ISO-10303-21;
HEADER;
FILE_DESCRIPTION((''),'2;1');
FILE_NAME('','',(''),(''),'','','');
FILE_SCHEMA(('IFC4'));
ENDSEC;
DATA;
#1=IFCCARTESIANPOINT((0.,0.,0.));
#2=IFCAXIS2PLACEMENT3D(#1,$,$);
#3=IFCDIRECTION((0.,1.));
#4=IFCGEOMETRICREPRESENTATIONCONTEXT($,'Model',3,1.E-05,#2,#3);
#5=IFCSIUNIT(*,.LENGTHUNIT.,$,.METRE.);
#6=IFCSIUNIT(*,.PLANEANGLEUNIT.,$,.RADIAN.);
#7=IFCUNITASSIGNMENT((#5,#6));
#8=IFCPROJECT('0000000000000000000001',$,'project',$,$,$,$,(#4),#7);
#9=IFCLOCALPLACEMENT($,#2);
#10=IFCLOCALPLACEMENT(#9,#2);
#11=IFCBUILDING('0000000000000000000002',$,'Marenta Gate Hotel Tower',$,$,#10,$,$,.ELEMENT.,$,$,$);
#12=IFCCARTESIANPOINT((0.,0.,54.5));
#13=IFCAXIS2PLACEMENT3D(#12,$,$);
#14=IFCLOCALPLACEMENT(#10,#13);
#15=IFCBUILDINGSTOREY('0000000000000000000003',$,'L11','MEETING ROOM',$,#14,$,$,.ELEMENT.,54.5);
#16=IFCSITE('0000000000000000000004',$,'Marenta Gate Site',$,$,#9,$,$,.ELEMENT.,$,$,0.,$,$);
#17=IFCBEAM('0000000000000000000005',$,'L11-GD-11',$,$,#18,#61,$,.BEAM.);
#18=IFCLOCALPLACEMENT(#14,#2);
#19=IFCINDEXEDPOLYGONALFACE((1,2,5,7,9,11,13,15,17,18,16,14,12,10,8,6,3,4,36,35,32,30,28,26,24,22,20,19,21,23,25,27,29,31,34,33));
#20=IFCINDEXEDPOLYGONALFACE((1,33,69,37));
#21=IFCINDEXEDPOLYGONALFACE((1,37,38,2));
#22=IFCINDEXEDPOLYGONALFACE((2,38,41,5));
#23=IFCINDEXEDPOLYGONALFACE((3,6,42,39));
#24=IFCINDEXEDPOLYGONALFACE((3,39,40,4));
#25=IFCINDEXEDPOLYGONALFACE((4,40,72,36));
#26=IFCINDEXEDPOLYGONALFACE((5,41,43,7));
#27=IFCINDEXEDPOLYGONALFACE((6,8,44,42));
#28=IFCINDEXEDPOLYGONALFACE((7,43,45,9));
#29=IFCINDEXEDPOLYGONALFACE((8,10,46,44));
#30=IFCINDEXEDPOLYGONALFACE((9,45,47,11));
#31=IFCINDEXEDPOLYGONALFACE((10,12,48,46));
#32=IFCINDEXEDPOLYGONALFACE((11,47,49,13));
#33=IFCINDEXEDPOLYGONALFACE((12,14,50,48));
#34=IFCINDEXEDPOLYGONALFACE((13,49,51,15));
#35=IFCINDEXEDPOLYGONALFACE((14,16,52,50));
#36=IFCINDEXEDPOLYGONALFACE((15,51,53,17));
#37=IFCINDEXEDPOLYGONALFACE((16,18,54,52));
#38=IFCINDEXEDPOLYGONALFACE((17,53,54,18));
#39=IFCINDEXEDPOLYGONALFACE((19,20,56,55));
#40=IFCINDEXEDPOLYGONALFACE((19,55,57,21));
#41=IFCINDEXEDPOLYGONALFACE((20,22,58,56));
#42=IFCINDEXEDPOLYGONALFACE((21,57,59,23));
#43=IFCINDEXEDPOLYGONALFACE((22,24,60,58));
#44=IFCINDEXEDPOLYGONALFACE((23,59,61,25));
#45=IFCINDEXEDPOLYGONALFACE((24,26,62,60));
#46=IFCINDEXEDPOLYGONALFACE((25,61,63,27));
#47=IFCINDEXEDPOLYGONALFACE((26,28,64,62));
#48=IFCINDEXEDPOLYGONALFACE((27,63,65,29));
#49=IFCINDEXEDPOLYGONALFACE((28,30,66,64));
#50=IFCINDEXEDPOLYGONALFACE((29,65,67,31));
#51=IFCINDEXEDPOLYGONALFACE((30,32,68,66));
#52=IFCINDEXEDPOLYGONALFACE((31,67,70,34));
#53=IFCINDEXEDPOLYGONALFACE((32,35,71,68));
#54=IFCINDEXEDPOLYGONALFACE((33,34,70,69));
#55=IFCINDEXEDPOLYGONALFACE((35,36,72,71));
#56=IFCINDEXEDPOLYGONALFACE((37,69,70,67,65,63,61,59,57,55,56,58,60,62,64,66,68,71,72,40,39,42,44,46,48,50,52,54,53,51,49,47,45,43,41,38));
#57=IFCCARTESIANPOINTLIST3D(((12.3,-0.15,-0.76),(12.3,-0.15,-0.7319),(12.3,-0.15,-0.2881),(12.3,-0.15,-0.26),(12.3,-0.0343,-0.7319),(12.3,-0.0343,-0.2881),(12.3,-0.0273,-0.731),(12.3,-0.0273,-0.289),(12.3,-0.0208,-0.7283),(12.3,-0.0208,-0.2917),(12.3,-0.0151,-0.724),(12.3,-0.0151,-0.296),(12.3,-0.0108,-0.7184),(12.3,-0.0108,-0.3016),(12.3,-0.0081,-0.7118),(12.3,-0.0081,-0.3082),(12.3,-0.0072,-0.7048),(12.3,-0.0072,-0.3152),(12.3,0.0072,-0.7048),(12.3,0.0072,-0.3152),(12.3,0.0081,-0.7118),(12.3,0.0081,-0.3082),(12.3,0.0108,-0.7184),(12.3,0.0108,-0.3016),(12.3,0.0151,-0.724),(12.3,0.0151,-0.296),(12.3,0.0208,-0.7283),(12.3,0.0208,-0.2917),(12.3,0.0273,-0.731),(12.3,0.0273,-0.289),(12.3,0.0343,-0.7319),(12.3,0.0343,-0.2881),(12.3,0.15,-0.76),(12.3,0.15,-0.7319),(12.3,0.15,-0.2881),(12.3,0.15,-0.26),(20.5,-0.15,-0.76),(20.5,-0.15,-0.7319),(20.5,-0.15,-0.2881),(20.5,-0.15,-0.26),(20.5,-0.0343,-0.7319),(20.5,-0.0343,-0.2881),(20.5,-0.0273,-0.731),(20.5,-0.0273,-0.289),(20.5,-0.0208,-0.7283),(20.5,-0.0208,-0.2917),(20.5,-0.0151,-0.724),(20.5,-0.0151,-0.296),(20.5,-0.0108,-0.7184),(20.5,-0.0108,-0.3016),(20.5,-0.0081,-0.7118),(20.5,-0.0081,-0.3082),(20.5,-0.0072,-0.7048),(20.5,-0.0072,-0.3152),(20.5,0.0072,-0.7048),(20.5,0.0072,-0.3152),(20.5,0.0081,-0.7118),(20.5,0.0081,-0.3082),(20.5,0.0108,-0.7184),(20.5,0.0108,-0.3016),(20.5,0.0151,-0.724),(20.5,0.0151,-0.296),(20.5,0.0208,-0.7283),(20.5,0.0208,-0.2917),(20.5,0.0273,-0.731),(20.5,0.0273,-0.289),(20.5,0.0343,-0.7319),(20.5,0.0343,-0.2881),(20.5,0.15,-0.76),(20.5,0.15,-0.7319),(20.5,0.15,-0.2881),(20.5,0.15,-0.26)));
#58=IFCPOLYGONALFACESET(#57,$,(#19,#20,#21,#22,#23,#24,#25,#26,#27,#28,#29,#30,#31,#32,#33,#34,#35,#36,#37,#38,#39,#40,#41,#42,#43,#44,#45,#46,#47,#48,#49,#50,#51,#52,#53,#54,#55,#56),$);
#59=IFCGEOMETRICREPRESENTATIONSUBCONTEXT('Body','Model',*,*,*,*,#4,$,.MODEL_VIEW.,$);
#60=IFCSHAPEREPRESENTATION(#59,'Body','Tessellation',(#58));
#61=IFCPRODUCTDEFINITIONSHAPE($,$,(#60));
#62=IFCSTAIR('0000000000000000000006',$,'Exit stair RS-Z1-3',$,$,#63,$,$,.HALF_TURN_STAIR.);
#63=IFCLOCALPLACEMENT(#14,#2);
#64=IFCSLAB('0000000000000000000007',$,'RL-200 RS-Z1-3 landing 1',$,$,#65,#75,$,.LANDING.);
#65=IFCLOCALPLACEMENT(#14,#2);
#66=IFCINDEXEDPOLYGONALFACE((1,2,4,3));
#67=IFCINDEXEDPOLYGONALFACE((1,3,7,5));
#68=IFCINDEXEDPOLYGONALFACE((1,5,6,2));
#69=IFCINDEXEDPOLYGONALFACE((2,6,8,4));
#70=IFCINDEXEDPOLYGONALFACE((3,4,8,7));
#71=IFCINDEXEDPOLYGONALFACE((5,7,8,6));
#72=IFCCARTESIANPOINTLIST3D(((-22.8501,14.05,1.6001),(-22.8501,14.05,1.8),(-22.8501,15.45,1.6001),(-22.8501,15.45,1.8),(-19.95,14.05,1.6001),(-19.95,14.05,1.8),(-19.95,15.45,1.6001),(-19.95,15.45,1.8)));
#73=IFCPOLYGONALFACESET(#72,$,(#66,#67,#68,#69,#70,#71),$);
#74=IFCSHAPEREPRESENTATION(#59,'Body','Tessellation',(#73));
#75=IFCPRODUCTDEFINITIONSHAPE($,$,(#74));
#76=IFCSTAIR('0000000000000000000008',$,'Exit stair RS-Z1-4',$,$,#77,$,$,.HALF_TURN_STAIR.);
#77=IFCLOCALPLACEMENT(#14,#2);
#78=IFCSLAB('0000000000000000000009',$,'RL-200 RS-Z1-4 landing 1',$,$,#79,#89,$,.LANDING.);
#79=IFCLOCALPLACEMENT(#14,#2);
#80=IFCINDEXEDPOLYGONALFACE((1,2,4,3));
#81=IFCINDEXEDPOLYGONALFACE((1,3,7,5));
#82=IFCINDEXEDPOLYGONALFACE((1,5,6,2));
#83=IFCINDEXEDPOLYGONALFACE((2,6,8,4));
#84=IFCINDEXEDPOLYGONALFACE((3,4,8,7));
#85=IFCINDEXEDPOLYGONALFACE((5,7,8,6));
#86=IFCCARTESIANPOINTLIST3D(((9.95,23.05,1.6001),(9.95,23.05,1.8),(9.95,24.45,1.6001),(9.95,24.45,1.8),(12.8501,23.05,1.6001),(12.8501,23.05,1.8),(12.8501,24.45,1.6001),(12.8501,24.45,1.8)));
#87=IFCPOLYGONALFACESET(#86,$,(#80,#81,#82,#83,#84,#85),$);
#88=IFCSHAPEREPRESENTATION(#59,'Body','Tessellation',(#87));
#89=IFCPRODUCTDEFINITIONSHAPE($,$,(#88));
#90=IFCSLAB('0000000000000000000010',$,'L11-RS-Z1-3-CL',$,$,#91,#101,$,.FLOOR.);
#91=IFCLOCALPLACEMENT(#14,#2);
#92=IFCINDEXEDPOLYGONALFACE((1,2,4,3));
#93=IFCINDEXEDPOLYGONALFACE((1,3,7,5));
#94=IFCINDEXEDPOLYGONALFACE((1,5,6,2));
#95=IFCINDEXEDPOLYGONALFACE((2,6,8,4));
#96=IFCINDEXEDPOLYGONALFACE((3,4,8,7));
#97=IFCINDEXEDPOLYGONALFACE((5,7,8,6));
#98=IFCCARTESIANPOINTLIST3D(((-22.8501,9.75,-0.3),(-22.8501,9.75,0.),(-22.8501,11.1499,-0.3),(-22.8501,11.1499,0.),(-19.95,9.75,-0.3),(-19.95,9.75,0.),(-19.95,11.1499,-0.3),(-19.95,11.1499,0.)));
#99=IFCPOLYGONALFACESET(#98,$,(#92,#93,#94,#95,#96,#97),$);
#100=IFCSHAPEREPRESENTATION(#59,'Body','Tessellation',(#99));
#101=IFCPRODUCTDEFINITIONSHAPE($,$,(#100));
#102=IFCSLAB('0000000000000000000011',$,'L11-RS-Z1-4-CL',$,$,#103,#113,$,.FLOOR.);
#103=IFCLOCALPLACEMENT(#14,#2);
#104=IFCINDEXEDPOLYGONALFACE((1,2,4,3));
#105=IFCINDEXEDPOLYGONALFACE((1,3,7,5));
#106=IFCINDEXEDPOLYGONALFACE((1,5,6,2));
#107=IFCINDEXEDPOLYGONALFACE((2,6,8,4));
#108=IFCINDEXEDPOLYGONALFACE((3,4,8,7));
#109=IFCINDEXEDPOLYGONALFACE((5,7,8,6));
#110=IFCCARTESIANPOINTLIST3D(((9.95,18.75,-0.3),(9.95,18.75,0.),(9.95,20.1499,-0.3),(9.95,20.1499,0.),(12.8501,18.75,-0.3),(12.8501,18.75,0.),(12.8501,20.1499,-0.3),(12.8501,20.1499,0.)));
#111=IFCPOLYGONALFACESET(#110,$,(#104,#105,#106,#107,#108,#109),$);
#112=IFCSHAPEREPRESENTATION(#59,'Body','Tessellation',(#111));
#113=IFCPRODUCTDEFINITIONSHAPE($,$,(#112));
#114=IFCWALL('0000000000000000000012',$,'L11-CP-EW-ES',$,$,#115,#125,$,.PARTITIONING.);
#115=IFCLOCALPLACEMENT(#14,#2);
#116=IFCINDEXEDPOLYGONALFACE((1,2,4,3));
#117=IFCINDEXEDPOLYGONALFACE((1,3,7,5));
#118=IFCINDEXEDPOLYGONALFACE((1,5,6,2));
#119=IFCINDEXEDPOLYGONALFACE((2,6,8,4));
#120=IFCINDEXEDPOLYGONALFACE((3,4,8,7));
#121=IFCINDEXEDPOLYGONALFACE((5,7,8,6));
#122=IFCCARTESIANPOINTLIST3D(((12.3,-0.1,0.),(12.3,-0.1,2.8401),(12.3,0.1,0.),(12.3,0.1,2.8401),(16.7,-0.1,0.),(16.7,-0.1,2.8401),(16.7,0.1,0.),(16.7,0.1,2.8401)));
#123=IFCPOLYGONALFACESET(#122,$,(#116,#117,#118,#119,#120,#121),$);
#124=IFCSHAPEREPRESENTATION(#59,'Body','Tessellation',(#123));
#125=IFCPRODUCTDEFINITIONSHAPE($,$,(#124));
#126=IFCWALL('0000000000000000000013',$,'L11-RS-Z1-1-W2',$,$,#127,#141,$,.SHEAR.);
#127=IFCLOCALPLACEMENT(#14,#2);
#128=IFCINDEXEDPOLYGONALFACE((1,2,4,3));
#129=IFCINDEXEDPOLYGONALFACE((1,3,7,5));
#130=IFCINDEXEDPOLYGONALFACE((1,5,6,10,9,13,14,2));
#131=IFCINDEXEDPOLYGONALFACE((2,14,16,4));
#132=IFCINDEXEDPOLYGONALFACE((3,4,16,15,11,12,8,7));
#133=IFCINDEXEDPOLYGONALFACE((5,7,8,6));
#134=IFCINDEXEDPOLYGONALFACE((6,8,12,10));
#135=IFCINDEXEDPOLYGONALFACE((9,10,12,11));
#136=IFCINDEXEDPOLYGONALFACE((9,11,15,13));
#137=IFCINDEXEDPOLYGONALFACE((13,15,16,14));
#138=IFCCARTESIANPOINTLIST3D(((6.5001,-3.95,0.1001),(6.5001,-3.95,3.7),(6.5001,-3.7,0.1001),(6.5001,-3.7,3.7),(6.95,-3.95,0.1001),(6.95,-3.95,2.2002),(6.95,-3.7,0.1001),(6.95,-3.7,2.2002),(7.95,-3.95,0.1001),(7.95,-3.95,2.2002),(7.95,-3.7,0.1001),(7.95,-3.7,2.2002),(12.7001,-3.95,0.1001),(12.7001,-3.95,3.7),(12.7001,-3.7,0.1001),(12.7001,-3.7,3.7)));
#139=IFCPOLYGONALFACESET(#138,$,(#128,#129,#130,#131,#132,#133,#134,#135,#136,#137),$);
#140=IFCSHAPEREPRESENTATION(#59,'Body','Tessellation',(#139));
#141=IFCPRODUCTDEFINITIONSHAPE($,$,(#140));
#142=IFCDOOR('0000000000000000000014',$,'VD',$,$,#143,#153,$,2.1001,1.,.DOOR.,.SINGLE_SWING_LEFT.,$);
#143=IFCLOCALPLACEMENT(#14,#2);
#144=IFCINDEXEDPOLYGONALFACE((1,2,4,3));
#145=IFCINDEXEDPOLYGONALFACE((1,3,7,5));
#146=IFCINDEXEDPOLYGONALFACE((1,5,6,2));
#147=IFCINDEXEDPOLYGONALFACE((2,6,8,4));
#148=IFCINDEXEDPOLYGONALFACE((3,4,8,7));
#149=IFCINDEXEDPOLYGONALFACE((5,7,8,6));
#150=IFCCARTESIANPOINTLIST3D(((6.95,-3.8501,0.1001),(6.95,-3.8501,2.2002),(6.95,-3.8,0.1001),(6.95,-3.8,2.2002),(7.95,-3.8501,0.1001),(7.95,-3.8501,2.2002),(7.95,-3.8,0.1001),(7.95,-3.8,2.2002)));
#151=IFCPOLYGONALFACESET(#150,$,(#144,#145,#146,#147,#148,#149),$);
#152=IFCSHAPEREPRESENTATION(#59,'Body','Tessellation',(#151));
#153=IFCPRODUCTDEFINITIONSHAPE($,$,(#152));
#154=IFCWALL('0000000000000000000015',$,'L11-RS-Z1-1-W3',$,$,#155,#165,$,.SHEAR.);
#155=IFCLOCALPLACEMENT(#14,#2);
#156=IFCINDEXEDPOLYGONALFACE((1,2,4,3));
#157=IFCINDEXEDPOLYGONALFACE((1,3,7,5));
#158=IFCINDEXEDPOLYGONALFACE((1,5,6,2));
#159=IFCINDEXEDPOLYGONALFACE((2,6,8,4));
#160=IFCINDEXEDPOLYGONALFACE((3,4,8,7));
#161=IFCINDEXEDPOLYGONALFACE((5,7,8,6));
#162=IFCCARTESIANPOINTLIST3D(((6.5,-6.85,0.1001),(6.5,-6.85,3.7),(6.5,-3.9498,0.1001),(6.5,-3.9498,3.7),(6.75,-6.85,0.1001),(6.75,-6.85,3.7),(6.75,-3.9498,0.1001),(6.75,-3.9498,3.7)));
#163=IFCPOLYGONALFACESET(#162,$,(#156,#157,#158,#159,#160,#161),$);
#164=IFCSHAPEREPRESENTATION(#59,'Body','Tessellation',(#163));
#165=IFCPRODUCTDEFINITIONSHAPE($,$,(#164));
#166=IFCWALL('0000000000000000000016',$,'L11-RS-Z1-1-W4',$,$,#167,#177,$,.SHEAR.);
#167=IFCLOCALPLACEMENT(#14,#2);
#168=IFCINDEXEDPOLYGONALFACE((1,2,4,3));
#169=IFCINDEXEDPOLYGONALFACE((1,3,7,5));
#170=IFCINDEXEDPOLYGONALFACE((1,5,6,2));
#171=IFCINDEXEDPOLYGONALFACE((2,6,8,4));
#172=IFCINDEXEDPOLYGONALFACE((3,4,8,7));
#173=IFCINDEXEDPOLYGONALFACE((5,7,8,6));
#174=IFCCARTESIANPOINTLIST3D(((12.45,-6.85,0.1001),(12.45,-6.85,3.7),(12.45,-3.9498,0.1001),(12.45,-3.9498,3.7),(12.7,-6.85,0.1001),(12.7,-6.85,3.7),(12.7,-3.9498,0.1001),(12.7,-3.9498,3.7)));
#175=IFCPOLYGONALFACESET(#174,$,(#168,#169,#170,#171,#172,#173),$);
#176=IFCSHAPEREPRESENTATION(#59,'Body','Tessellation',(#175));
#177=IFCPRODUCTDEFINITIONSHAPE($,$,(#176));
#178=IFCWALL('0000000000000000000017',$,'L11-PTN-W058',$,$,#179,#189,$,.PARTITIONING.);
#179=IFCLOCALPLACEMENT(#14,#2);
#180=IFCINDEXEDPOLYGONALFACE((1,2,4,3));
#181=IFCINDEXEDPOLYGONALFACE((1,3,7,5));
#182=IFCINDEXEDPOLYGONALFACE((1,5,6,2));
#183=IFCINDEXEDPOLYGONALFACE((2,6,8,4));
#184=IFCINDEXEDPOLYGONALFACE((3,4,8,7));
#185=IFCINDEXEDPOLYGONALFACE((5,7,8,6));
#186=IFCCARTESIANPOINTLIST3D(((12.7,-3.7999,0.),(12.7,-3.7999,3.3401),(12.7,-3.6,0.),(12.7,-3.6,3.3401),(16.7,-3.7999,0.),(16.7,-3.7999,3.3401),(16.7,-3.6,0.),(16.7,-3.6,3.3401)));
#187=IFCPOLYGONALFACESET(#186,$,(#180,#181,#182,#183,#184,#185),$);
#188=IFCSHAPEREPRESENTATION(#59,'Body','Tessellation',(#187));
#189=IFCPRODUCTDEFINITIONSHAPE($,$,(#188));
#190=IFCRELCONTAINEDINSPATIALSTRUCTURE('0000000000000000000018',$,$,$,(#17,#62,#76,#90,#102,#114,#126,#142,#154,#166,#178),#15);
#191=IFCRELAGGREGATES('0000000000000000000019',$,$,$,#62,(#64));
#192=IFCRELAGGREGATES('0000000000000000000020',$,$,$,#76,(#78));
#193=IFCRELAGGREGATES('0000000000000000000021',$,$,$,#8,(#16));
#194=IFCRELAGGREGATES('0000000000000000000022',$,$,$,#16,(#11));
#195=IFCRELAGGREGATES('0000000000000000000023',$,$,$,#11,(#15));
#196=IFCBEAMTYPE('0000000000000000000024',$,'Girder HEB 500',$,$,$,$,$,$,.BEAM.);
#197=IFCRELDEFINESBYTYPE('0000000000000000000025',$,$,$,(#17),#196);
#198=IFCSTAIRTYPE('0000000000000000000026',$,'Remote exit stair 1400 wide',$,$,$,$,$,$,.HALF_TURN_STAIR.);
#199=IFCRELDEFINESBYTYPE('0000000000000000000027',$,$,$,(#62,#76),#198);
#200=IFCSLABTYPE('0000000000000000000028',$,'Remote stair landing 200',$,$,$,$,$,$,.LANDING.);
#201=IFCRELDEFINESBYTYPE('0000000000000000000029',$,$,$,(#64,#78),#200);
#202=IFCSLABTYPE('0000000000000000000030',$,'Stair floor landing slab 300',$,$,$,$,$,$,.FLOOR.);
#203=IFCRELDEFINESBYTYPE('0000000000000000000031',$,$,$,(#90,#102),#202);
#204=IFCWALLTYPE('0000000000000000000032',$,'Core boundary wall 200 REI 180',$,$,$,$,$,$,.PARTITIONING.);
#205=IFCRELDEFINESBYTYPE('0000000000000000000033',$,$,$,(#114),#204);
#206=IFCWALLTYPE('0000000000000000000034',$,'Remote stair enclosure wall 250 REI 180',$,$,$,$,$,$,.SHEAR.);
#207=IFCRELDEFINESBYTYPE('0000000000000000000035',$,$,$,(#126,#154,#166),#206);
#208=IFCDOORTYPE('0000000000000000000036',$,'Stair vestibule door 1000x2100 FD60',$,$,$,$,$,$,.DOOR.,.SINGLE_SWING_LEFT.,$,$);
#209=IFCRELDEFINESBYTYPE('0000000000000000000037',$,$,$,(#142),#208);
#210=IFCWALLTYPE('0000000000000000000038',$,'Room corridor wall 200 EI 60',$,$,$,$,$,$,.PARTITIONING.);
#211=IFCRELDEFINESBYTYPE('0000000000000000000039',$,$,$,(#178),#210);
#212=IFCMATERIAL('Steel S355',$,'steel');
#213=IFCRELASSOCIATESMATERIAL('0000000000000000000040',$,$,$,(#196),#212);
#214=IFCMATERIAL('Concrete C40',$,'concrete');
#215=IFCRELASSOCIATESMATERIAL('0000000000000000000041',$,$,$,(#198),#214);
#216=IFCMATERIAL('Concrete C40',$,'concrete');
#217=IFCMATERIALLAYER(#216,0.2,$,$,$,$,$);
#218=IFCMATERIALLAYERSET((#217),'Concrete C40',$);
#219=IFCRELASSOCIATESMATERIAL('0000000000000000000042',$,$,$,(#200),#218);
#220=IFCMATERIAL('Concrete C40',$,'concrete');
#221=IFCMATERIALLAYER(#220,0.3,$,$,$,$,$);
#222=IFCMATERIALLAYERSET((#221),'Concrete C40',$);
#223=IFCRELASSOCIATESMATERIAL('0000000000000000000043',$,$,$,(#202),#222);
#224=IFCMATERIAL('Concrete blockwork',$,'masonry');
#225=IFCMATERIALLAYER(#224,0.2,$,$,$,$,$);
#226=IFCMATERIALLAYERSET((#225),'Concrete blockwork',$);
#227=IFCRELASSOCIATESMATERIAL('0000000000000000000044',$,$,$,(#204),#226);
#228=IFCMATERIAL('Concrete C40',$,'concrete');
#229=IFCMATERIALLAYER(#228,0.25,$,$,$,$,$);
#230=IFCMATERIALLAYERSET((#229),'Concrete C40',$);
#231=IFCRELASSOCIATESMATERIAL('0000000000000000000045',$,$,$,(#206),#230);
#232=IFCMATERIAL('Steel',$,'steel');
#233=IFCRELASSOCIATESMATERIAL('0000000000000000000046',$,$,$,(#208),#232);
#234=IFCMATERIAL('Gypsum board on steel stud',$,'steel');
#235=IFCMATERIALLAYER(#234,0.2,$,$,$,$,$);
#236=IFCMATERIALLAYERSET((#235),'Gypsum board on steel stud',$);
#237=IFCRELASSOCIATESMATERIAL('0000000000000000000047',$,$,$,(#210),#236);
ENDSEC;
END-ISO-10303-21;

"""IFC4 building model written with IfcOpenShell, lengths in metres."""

from ifc_helpers import new_model, si_unit, direction, frame, frame_2d, origin, origin_2d, place, context, subcontext, project, spatial, polyline, rectangle, i_section, outline, extrude, material, layer, layer_set, material_profile, profile_set, type_object, element, fill, aggregate, save


model = new_model("IFC4")

# Units and contexts
model_context = context("Model", 3, precision=1e-05, world=origin(), true_north=direction((0.0, 1.0)))
body_context = subcontext(model_context, "Body", "Model", "MODEL_VIEW")
ifc_project = project(units=[si_unit("LENGTHUNIT", "METRE"), si_unit("PLANEANGLEUNIT", "RADIAN")], contexts=[model_context])

# Site, building, storey
site_placement = place(None, origin())
site = spatial("IfcSite", under=ifc_project, at=site_placement, Name="Marenta Gate Site", CompositionType="ELEMENT", RefElevation=0.0)
building_placement = place(site_placement, origin())
building = spatial("IfcBuilding", under=site, at=building_placement, Name="Marenta Gate Hotel Tower", CompositionType="ELEMENT")
storey_placement = place(building_placement, frame((0.0, 0.0, 54.5)))
storey = spatial("IfcBuildingStorey", under=building, at=storey_placement, Name="L11", Description="MEETING ROOM", CompositionType="ELEMENT", Elevation=54.5)

# Beam
ifc_material_1 = material(Name="Steel S355", Category="steel")
ifc_material_profile = material_profile(ifc_material_1, i_section(OverallWidth=0.3, OverallDepth=0.5, WebThickness=0.0144, FlangeThickness=0.0281, FilletRadius=0.0271, at=origin_2d()), Name="HEB 500")
ifc_profile_set = profile_set([ifc_material_profile], Name="Steel S355")
beam_type = type_object("IfcBeamType", Name="Girder HEB 500", PredefinedType="BEAM", material=ifc_profile_set)
beam_placement = place(storey_placement, frame((12.3, 0.0, -0.51), z_axis=(1.0, 0.0, 0.0), x_axis=(0.0, 1.0, 0.0)))
element("IfcBeam", 1, at=beam_placement, inside=storey, type_object=beam_type, Name="L11-GD-11", PredefinedType="BEAM", context=body_context, shape_type="SweptSolid", body=[
    extrude(i_section(OverallWidth=0.3, OverallDepth=0.5, WebThickness=0.0144, FlangeThickness=0.0281, FilletRadius=0.0271, at=origin_2d()), origin(), (0.0, 0.0, 1.0), 8.2),
])

# Stairs, slabs
ifc_material_2 = material(Name="Concrete C40", Category="concrete")
stair_type = type_object("IfcStairType", Name="Remote exit stair 1400 wide", PredefinedType="HALF_TURN_STAIR", material=ifc_material_2)
stair_1_placement = place(storey_placement, origin())
stair_1 = element("IfcStair", 2, at=stair_1_placement, inside=storey, type_object=stair_type, Name="Exit stair RS-Z1-3", PredefinedType="HALF_TURN_STAIR")
ifc_material_3 = material(Name="Concrete C40", Category="concrete")
ifc_layer_1 = layer(ifc_material_3, 0.2)
ifc_layer_set_1 = layer_set([ifc_layer_1], Name="Concrete C40")
slab_type_1 = type_object("IfcSlabType", Name="Remote stair landing 200", PredefinedType="LANDING", material=ifc_layer_set_1)
slab_1_placement = place(storey_placement, frame((0.0, 0.0, 1.6001)))
slab_1 = element("IfcSlab", 3, at=slab_1_placement, type_object=slab_type_1, Name="RL-200 RS-Z1-3 landing 1", PredefinedType="LANDING", context=body_context, shape_type="SweptSolid", body=[
    extrude(outline(polyline([(-22.8501, 14.05), (-19.95, 14.05), (-19.95, 15.45), (-22.8501, 15.45), (-22.8501, 14.05)])), origin(), (0.0, 0.0, 1.0), 0.2),
])
aggregate(stair_1, [slab_1])
stair_2_placement = place(storey_placement, origin())
stair_2 = element("IfcStair", 4, at=stair_2_placement, inside=storey, type_object=stair_type, Name="Exit stair RS-Z1-4", PredefinedType="HALF_TURN_STAIR")
slab_2_placement = place(storey_placement, frame((0.0, 0.0, 1.6001)))
slab_2 = element("IfcSlab", 5, at=slab_2_placement, type_object=slab_type_1, Name="RL-200 RS-Z1-4 landing 1", PredefinedType="LANDING", context=body_context, shape_type="SweptSolid", body=[
    extrude(outline(polyline([(9.95, 23.05), (12.8501, 23.05), (12.8501, 24.45), (9.95, 24.45), (9.95, 23.05)])), origin(), (0.0, 0.0, 1.0), 0.2),
])
aggregate(stair_2, [slab_2])

# Slabs
ifc_material_4 = material(Name="Concrete C40", Category="concrete")
ifc_layer_2 = layer(ifc_material_4, 0.3)
ifc_layer_set_2 = layer_set([ifc_layer_2], Name="Concrete C40")
slab_type_2 = type_object("IfcSlabType", Name="Stair floor landing slab 300", PredefinedType="FLOOR", material=ifc_layer_set_2)
slab_3_placement = place(storey_placement, frame((0.0, 0.0, -0.3)))
element("IfcSlab", 6, at=slab_3_placement, inside=storey, type_object=slab_type_2, Name="L11-RS-Z1-3-CL", PredefinedType="FLOOR", context=body_context, shape_type="SweptSolid", body=[
    extrude(outline(polyline([(-19.95, 9.75), (-19.95, 11.1499), (-22.8501, 11.1499), (-22.8501, 9.75), (-19.95, 9.75)])), origin(), (0.0, 0.0, 1.0), 0.3),
])
slab_4_placement = place(storey_placement, frame((0.0, 0.0, -0.3)))
element("IfcSlab", 7, at=slab_4_placement, inside=storey, type_object=slab_type_2, Name="L11-RS-Z1-4-CL", PredefinedType="FLOOR", context=body_context, shape_type="SweptSolid", body=[
    extrude(outline(polyline([(12.8501, 18.75), (12.8501, 20.1499), (9.95, 20.1499), (9.95, 18.75), (12.8501, 18.75)])), origin(), (0.0, 0.0, 1.0), 0.3),
])

# Wall
ifc_material_5 = material(Name="Concrete blockwork", Category="masonry")
ifc_layer_3 = layer(ifc_material_5, 0.2)
ifc_layer_set_3 = layer_set([ifc_layer_3], Name="Concrete blockwork")
wall_type_1 = type_object("IfcWallType", Name="Core boundary wall 200 REI 180", PredefinedType="PARTITIONING", material=ifc_layer_set_3)
wall_1_placement = place(storey_placement, frame((12.3, 0.0, 0.0), z_axis=(0.0, 0.0, 1.0), x_axis=(1.0, 0.0, 0.0)))
element("IfcWall", 8, at=wall_1_placement, inside=storey, type_object=wall_type_1, Name="L11-CP-EW-ES", PredefinedType="PARTITIONING", context=body_context, shape_type="SweptSolid", body=[
    extrude(rectangle(XDim=4.3999, YDim=0.2, at=frame_2d((2.2, 0.0))), origin(), (0.0, 0.0, 1.0), 2.8401),
])

# Wall, opening, door
ifc_material_6 = material(Name="Concrete C40", Category="concrete")
ifc_layer_4 = layer(ifc_material_6, 0.25)
ifc_layer_set_4 = layer_set([ifc_layer_4], Name="Concrete C40")
wall_type_2 = type_object("IfcWallType", Name="Remote stair enclosure wall 250 REI 180", PredefinedType="SHEAR", material=ifc_layer_set_4)
wall_2_placement = place(storey_placement, frame((6.5, -3.825, 0.1001), z_axis=(0.0, 0.0, 1.0), x_axis=(1.0, 0.0, 0.0)))
wall_2 = element("IfcWall", 9, at=wall_2_placement, inside=storey, type_object=wall_type_2, Name="L11-RS-Z1-1-W2", PredefinedType="SHEAR", context=body_context, shape_type="SweptSolid", body=[
    extrude(rectangle(XDim=6.2, YDim=0.25, at=frame_2d((3.1001, 0.0))), origin(), (0.0, 0.0, 1.0), 3.5999),
])
opening_1_placement = place(wall_2_placement, frame((0.45, 0.0, 0.0)))
opening_1 = element("IfcOpeningElement", 10, at=opening_1_placement, cuts=wall_2, PredefinedType="OPENING", context=body_context, shape_type="SweptSolid", body=[
    extrude(rectangle(XDim=1.0, YDim=2.1001, at=frame_2d((0.5, 1.05))), frame((0.0, 0.125, 0.0), z_axis=(0.0, -1.0, 0.0), x_axis=(1.0, 0.0, 0.0)), (0.0, 0.0, 1.0), 0.25),
])
ifc_material_7 = material(Name="Steel", Category="steel")
door_type_1 = type_object("IfcDoorType", Name="Stair vestibule door 1000x2100 FD60", OperationType="SINGLE_SWING_LEFT", PredefinedType="DOOR", material=ifc_material_7)
door_1_placement = place(opening_1_placement, origin())
door_1 = element("IfcDoor", 11, at=door_1_placement, inside=storey, type_object=door_type_1, Name="VD", OperationType="SINGLE_SWING_LEFT", OverallHeight=2.1001, OverallWidth=1.0, PredefinedType="DOOR", context=body_context, shape_type="SweptSolid", body=[
    extrude(rectangle(XDim=1.0, YDim=2.1001, at=frame_2d((0.5, 1.05))), frame((0.0, 0.0249, 0.0), z_axis=(0.0, -1.0, 0.0), x_axis=(1.0, 0.0, 0.0)), (0.0, 0.0, 1.0), 0.05),
])
fill(opening_1, door_1)

# Walls
for number, where, z_axis, x_axis, name in (
    (12, (6.625, -6.8501, 0.1001), (0.0, 0.0, 1.0), (0.0, 1.0, 0.0), "L11-RS-Z1-1-W3"),
    (13, (12.575, -6.8501, 0.1001), (0.0, 0.0, 1.0), (0.0, 1.0, 0.0), "L11-RS-Z1-1-W4"),
):
    element("IfcWall", number, at=place(storey_placement, frame(where, z_axis=z_axis, x_axis=x_axis)), inside=storey, type_object=wall_type_2, Name=name, PredefinedType="SHEAR", context=body_context, shape_type="SweptSolid", body=[
        extrude(rectangle(XDim=2.9001, YDim=0.25, at=frame_2d((1.4502, 0.0))), origin(), (0.0, 0.0, 1.0), 3.5999),
    ])
ifc_material_8 = material(Name="Gypsum board on steel stud", Category="steel")
ifc_layer_5 = layer(ifc_material_8, 0.2)
ifc_layer_set_5 = layer_set([ifc_layer_5], Name="Gypsum board on steel stud")
wall_type_3 = type_object("IfcWallType", Name="Room corridor wall 200 EI 60", PredefinedType="PARTITIONING", material=ifc_layer_set_5)
wall_3_placement = place(storey_placement, frame((12.7, -3.7, 0.0), z_axis=(0.0, 0.0, 1.0), x_axis=(1.0, 0.0, 0.0)))
element("IfcWall", 14, at=wall_3_placement, inside=storey, type_object=wall_type_3, Name="L11-PTN-W058", PredefinedType="PARTITIONING", context=body_context, shape_type="SweptSolid", body=[
    extrude(rectangle(XDim=4.0, YDim=0.2, at=frame_2d((2.0, 0.0))), origin(), (0.0, 0.0, 1.0), 3.3401),
])

save(model, "model.ifc")
